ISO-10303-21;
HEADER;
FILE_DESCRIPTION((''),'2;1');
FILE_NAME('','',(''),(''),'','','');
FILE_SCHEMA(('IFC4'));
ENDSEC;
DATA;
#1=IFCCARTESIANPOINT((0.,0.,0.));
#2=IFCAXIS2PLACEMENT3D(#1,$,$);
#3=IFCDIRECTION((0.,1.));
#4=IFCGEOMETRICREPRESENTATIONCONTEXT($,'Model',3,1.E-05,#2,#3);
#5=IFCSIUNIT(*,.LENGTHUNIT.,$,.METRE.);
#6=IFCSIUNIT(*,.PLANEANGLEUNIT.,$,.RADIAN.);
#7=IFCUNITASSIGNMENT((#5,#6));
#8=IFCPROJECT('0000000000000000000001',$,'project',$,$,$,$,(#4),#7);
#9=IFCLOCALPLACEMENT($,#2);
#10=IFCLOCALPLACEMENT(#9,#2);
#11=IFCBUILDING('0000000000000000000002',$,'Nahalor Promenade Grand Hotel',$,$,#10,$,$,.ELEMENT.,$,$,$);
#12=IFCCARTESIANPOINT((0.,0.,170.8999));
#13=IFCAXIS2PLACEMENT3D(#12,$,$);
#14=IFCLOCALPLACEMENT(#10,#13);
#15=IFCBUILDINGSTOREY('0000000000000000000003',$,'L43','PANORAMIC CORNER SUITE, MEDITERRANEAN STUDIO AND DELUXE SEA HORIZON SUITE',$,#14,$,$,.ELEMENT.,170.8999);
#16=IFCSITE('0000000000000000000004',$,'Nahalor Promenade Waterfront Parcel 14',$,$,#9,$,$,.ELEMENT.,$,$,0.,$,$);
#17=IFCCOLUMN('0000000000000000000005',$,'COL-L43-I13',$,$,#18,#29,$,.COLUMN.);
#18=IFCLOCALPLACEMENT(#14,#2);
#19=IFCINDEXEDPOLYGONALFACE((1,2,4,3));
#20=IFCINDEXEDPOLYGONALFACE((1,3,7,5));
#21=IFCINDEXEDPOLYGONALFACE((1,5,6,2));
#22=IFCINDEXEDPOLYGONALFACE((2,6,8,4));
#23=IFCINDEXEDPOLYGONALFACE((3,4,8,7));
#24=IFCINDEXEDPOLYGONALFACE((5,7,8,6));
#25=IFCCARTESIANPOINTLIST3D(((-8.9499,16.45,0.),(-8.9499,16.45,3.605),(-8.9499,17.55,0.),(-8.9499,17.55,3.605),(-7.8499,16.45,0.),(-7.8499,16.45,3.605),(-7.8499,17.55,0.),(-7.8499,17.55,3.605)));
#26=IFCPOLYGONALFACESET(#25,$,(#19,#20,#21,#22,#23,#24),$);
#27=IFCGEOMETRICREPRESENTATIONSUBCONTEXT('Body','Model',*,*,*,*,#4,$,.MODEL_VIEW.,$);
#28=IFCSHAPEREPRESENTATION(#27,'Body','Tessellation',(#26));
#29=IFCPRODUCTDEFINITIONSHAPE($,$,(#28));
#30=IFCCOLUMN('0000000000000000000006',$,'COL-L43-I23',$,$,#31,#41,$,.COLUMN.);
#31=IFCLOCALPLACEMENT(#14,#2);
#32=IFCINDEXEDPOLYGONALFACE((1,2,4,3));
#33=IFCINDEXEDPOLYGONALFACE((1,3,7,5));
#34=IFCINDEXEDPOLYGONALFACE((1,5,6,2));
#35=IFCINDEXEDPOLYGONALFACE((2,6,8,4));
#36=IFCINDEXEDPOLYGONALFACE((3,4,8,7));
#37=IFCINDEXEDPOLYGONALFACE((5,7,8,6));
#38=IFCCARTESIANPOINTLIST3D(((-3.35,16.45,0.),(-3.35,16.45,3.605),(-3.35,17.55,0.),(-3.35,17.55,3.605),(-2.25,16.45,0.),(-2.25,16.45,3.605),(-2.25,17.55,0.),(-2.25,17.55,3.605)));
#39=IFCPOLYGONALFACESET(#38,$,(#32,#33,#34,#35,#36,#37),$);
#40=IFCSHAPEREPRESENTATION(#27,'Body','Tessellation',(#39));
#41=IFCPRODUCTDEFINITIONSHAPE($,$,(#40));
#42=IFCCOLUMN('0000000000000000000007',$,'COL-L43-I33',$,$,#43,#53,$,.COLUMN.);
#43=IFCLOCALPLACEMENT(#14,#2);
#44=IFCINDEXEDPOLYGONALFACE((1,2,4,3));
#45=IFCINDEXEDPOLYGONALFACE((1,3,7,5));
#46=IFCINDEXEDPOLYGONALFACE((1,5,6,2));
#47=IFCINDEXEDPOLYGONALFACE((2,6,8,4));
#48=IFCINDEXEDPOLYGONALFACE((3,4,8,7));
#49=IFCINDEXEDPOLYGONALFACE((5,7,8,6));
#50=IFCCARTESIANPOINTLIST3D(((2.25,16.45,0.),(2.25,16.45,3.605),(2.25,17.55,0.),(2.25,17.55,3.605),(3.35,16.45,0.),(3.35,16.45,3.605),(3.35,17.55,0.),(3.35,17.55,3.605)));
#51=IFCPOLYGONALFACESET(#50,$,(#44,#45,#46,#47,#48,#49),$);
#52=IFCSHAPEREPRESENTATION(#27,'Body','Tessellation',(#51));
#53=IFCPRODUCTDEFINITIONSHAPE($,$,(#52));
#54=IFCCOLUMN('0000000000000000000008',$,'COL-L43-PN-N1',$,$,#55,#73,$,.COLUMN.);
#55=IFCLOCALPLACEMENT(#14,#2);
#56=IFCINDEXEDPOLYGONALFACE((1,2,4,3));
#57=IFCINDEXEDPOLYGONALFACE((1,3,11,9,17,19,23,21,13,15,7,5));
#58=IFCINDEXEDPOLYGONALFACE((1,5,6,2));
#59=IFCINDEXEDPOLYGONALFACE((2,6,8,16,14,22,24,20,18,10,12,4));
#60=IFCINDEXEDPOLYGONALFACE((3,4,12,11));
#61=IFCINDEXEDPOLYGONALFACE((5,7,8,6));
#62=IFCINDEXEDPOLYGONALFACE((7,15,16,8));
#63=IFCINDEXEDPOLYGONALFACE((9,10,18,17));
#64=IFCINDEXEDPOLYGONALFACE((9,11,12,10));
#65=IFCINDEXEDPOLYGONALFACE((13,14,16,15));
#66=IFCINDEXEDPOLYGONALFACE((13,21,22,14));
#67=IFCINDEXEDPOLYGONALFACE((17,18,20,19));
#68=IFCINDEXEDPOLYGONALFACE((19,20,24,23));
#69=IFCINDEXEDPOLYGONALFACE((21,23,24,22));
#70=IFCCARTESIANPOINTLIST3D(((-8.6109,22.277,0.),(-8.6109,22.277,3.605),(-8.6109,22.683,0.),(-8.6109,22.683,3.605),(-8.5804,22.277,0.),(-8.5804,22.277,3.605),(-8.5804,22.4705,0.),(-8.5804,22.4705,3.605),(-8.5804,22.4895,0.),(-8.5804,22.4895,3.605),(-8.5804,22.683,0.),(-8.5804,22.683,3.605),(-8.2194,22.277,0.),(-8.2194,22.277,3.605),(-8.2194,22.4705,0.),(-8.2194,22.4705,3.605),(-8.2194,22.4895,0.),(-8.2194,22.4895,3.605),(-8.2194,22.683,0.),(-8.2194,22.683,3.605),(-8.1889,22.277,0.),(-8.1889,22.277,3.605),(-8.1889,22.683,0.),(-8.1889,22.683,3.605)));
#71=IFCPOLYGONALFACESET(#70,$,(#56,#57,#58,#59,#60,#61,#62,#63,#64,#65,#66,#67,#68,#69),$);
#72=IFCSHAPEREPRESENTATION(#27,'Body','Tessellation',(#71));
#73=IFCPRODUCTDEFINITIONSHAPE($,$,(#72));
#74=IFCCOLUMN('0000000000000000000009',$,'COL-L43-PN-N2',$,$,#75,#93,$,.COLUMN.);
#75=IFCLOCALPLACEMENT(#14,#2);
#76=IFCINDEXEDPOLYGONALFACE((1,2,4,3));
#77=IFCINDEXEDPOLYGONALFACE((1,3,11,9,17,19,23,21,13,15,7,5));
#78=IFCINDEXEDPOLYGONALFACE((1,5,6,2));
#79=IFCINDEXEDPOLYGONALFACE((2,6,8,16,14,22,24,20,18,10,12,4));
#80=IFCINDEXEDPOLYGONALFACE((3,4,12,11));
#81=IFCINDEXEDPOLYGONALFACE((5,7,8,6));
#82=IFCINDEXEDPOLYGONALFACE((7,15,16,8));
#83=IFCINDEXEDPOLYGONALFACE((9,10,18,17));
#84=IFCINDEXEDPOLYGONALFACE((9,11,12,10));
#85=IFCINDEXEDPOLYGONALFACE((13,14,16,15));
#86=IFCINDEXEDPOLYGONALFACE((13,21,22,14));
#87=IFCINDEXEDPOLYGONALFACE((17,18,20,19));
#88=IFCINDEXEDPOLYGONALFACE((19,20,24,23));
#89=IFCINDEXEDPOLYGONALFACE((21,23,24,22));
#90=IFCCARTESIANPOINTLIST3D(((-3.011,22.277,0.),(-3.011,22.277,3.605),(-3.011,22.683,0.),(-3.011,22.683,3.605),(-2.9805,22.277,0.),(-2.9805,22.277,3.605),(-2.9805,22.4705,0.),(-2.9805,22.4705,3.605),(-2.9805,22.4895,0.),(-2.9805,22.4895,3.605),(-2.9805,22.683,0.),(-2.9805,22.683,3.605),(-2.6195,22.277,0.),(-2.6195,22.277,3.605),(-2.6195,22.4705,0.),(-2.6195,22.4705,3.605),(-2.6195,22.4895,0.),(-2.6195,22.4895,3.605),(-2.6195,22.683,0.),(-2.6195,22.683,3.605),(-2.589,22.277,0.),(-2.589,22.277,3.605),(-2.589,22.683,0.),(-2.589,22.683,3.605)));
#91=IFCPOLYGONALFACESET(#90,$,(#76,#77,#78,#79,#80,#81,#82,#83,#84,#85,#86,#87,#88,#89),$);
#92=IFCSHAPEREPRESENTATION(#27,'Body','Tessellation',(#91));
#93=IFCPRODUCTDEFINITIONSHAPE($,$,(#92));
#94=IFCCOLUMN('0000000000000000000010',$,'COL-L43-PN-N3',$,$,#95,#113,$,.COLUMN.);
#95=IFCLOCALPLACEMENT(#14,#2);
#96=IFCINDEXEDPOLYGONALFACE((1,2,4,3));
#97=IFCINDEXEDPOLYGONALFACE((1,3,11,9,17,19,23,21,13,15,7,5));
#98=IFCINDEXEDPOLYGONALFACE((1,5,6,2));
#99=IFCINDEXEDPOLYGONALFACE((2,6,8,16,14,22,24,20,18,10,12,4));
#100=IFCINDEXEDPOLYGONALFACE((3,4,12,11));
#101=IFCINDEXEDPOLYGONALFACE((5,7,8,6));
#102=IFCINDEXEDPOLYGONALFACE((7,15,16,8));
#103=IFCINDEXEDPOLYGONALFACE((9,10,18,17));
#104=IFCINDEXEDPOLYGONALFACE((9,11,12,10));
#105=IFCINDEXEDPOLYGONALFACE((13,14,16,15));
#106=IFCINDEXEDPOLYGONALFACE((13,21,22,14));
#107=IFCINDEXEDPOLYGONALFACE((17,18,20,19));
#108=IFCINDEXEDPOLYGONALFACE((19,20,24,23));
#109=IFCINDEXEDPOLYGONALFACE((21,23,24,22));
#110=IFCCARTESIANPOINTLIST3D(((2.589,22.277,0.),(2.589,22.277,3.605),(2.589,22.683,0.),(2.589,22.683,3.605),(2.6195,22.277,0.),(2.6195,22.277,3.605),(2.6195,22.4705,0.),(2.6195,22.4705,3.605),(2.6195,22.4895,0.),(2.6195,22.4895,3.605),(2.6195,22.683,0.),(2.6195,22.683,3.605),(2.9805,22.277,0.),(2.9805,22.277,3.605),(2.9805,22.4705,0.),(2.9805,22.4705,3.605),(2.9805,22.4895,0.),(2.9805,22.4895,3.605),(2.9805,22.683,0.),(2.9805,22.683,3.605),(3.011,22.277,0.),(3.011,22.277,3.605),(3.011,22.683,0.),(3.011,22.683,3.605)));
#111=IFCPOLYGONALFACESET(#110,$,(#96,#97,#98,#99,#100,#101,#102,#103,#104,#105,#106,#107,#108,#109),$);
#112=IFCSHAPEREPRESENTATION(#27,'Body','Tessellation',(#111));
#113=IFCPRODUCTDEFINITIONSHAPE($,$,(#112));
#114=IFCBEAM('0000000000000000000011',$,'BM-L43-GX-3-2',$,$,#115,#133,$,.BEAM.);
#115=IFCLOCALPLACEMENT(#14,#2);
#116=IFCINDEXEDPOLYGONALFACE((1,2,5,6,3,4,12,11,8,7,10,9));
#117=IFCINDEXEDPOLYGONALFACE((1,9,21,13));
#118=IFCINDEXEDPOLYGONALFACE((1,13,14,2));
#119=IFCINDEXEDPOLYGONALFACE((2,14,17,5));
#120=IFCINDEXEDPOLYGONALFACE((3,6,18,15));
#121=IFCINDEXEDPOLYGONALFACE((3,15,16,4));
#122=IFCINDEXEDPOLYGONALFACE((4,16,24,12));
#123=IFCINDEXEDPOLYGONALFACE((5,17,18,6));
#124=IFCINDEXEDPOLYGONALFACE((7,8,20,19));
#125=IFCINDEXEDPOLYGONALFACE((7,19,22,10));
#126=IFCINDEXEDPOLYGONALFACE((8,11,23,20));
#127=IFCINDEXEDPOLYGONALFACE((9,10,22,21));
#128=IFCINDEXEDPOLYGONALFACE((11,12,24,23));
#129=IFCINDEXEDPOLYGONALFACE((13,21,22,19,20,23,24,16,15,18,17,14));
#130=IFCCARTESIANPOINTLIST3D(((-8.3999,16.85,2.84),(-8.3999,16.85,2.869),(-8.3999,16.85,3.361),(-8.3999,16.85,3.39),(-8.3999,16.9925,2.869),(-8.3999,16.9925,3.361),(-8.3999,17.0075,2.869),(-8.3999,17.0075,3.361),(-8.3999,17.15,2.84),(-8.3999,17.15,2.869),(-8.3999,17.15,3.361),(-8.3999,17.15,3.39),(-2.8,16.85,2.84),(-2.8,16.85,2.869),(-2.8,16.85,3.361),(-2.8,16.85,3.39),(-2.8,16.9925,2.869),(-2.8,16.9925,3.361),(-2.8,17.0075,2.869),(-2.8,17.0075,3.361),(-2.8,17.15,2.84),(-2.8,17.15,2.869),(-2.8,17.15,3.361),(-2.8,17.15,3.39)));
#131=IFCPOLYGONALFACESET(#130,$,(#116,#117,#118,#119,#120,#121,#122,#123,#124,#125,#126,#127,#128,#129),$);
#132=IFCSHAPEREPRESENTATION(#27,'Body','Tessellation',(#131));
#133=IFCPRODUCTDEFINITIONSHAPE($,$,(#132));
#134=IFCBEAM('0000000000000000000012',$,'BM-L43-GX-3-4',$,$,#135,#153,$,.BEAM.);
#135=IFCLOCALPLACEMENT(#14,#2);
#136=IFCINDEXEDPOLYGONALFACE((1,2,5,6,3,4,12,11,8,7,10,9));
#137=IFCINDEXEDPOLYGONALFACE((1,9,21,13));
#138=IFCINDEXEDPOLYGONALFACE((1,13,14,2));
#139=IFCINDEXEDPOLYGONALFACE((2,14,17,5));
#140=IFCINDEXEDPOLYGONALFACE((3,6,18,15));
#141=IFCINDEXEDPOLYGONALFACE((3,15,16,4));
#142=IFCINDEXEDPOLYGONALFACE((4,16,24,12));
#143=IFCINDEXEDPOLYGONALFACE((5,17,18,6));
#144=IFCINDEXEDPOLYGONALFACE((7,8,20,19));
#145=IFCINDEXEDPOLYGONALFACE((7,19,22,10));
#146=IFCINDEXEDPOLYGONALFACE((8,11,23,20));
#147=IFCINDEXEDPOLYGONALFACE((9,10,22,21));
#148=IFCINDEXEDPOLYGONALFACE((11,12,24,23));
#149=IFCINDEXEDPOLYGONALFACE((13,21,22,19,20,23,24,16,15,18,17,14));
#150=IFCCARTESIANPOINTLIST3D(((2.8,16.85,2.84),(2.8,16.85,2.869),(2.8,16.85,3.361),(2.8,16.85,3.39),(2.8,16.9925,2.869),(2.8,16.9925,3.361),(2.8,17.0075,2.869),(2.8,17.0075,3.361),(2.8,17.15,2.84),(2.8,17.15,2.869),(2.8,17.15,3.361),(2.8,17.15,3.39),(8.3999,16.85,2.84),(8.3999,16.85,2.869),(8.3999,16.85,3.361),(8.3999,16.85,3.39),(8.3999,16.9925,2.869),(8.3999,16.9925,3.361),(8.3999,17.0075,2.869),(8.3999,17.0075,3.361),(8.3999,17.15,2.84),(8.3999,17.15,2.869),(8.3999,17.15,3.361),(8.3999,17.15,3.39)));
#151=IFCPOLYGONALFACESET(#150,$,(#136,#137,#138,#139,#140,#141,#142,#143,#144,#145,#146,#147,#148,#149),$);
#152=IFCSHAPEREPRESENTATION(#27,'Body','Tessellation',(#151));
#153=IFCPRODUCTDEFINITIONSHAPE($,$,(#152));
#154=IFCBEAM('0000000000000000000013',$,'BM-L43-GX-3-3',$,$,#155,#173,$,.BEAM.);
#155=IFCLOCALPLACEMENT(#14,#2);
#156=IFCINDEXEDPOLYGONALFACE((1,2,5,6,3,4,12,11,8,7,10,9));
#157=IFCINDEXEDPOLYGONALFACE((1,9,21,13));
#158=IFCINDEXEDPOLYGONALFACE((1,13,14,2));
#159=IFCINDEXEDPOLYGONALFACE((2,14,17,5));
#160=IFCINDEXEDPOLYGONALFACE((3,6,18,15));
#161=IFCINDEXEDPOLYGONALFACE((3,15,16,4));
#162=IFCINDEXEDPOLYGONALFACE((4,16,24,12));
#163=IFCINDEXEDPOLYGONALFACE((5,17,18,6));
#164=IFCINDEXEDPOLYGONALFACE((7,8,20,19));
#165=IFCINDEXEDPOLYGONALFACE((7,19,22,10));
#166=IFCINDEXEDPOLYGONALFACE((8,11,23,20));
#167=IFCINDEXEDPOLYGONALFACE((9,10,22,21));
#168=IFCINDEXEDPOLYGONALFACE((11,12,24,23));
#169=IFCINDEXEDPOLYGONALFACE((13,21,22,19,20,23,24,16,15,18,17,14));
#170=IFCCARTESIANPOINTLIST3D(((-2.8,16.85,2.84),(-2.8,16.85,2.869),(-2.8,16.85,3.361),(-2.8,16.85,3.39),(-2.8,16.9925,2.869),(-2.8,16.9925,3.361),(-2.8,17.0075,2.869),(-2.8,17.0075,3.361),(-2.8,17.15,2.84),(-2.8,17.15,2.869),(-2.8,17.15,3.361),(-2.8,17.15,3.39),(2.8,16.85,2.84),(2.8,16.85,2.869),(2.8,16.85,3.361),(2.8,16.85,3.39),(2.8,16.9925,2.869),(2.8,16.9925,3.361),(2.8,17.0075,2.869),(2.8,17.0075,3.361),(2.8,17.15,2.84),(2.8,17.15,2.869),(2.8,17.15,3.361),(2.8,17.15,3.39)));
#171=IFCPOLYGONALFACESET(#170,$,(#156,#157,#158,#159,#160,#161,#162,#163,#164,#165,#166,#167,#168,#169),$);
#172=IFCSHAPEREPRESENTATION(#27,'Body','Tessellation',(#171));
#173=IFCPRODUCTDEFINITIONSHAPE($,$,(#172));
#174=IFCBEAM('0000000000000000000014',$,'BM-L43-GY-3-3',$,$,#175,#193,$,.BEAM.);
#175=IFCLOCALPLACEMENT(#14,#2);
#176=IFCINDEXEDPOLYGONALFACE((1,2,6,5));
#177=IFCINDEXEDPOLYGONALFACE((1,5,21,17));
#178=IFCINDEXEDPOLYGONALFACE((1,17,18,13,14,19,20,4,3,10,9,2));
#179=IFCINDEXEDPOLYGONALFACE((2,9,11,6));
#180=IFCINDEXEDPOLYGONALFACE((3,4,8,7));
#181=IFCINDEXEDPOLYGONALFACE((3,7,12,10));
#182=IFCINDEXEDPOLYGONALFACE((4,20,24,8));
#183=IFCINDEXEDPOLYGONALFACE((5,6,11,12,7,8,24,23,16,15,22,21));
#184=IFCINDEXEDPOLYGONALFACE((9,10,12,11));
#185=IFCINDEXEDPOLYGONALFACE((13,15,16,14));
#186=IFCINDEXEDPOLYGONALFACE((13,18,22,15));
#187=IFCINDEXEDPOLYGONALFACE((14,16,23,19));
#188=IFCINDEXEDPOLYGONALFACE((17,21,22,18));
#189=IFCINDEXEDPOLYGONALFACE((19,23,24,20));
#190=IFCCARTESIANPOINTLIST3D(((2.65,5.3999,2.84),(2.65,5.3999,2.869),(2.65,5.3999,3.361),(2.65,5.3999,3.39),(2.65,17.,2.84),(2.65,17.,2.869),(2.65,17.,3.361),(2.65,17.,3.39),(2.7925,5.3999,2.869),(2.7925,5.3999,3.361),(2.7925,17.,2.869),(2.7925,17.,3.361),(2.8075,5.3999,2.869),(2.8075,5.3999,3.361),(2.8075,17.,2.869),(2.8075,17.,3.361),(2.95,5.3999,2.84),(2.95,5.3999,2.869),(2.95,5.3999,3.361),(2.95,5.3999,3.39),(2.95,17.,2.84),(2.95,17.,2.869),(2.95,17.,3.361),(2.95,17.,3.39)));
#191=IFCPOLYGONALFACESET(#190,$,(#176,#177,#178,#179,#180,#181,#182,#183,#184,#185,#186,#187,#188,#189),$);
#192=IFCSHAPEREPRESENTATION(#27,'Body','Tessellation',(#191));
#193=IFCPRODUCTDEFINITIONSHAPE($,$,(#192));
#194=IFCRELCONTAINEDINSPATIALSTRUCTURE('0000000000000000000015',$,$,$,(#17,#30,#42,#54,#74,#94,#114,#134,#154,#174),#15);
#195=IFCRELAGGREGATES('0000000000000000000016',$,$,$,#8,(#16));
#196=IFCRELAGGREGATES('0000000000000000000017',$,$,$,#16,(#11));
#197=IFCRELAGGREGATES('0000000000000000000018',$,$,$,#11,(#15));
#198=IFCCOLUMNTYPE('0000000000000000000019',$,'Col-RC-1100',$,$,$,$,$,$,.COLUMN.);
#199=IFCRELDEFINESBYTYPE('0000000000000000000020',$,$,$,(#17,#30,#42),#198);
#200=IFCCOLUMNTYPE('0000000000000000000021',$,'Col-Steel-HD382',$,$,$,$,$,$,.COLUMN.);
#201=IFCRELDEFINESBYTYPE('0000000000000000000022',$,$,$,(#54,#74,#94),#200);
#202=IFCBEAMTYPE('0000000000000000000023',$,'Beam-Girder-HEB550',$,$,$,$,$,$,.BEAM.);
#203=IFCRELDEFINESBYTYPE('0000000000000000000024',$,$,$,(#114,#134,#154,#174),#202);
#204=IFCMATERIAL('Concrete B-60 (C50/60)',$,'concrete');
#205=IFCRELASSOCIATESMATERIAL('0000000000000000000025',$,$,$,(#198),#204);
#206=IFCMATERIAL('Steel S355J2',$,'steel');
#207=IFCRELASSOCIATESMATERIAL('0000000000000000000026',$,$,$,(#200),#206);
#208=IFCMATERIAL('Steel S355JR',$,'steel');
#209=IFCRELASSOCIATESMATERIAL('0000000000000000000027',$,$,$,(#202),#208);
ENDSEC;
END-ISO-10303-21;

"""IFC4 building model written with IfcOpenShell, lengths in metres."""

from ifc_helpers import new_model, si_unit, direction, frame, origin, origin_2d, place, context, subcontext, project, spatial, rectangle, i_section, extrude, source, transform, mapped, material, material_profile, profile_set, type_object, element, save


model = new_model("IFC4")

# Units and contexts
model_context = context("Model", 3, precision=1e-05, world=origin(), true_north=direction((0.0, 1.0)))
body_context = subcontext(model_context, "Body", "Model", "MODEL_VIEW")
ifc_project = project(units=[si_unit("LENGTHUNIT", "METRE"), si_unit("PLANEANGLEUNIT", "RADIAN")], contexts=[model_context])

# Site, building, storey
site_placement = place(None, origin())
site = spatial("IfcSite", under=ifc_project, at=site_placement, Name="Nahalor Promenade Waterfront Parcel 14", CompositionType="ELEMENT", RefElevation=0.0)
building_placement = place(site_placement, origin())
building = spatial("IfcBuilding", under=site, at=building_placement, Name="Nahalor Promenade Grand Hotel", CompositionType="ELEMENT")
storey_placement = place(building_placement, frame((0.0, 0.0, 170.8999)))
storey = spatial("IfcBuildingStorey", under=building, at=storey_placement, Name="L43", Description="PANORAMIC CORNER SUITE, MEDITERRANEAN STUDIO AND DELUXE SEA HORIZON SUITE", CompositionType="ELEMENT", Elevation=170.8999)

# Columns
ifc_material_1 = material(Name="Concrete B-60 (C50/60)", Category="concrete")
ifc_material_profile_1 = material_profile(ifc_material_1, rectangle(XDim=1.1, YDim=1.1, at=origin_2d()), Name="RC 1100x1100")
ifc_profile_set_1 = profile_set([ifc_material_profile_1], Name="Concrete B-60 (C50/60)")
column_type_1 = type_object("IfcColumnType", Name="Col-RC-1100", PredefinedType="COLUMN", material=ifc_profile_set_1)
shared_shape_1 = source(origin(), body_context, "Body", "SweptSolid", [
    extrude(rectangle(XDim=1.1, YDim=1.1, at=origin_2d()), origin(), (0.0, 0.0, 1.0), 3.605),
])
for number, where, z_axis, x_axis, name in (
    (1, (-8.3999, 17.0, 0.0), (0.0, 0.0, 1.0), (1.0, 0.0, 0.0), "COL-L43-I13"),
    (2, (-2.8, 17.0, 0.0), (0.0, 0.0, 1.0), (1.0, 0.0, 0.0), "COL-L43-I23"),
    (3, (2.8, 17.0, 0.0), (0.0, 0.0, 1.0), (1.0, 0.0, 0.0), "COL-L43-I33"),
):
    element("IfcColumn", number, at=place(storey_placement, frame(where, z_axis=z_axis, x_axis=x_axis)), inside=storey, type_object=column_type_1, Name=name, PredefinedType="COLUMN", context=body_context, shape_type="MappedRepresentation", body=[
        mapped(shared_shape_1, transform((0.0, 0.0, 0.0), scale=1.0)),
    ])
ifc_material_2 = material(Name="Steel S355J2", Category="steel")
ifc_material_profile_2 = material_profile(ifc_material_2, i_section(OverallWidth=0.406, OverallDepth=0.422, WebThickness=0.019, FlangeThickness=0.0305, at=origin_2d()), Name="HD 400x382")
ifc_profile_set_2 = profile_set([ifc_material_profile_2], Name="Steel S355J2")
column_type_2 = type_object("IfcColumnType", Name="Col-Steel-HD382", PredefinedType="COLUMN", material=ifc_profile_set_2)
shared_shape_2 = source(origin(), body_context, "Body", "SweptSolid", [
    extrude(i_section(OverallWidth=0.406, OverallDepth=0.422, WebThickness=0.019, FlangeThickness=0.0305, at=origin_2d()), origin(), (0.0, 0.0, 1.0), 3.605),
])
for number, where, z_axis, x_axis, name in (
    (4, (-8.3999, 22.48, 0.0), (0.0, 0.0, 1.0), (0.0, 1.0, 0.0), "COL-L43-PN-N1"),
    (5, (-2.8, 22.48, 0.0), (0.0, 0.0, 1.0), (0.0, 1.0, 0.0), "COL-L43-PN-N2"),
    (6, (2.8, 22.48, 0.0), (0.0, 0.0, 1.0), (0.0, 1.0, 0.0), "COL-L43-PN-N3"),
):
    element("IfcColumn", number, at=place(storey_placement, frame(where, z_axis=z_axis, x_axis=x_axis)), inside=storey, type_object=column_type_2, Name=name, PredefinedType="COLUMN", context=body_context, shape_type="MappedRepresentation", body=[
        mapped(shared_shape_2, transform((0.0, 0.0, 0.0), scale=1.0)),
    ])

# Beams
ifc_material_3 = material(Name="Steel S355JR", Category="steel")
ifc_material_profile_3 = material_profile(ifc_material_3, i_section(OverallWidth=0.3, OverallDepth=0.55, WebThickness=0.015, FlangeThickness=0.029, at=origin_2d()), Name="HEB 550")
ifc_profile_set_3 = profile_set([ifc_material_profile_3], Name="Steel S355JR")
beam_type_1 = type_object("IfcBeamType", Name="Beam-Girder-HEB550", PredefinedType="BEAM", material=ifc_profile_set_3)
shared_shape_3 = source(origin(), body_context, "Body", "SweptSolid", [
    extrude(i_section(OverallWidth=0.3, OverallDepth=0.55, WebThickness=0.015, FlangeThickness=0.029, at=origin_2d()), origin(), (0.0, 0.0, 1.0), 5.5999),
])
for number, where, z_axis, x_axis, name in (
    (7, (-8.3999, 17.0, 3.115), (1.0, 0.0, 0.0), (0.0, 1.0, 0.0), "BM-L43-GX-3-2"),
    (8, (2.8, 17.0, 3.115), (1.0, 0.0, 0.0), (0.0, 1.0, 0.0), "BM-L43-GX-3-4"),
):
    element("IfcBeam", number, at=place(storey_placement, frame(where, z_axis=z_axis, x_axis=x_axis)), inside=storey, type_object=beam_type_1, Name=name, PredefinedType="BEAM", context=body_context, shape_type="MappedRepresentation", body=[
        mapped(shared_shape_3, transform((0.0, 0.0, 0.0), scale=1.0)),
    ])
shared_shape_4 = source(origin(), body_context, "Body", "SweptSolid", [
    extrude(i_section(OverallWidth=0.3, OverallDepth=0.55, WebThickness=0.015, FlangeThickness=0.029, at=origin_2d()), origin(), (0.0, 0.0, 1.0), 5.6001),
])
beam_1_placement = place(storey_placement, frame((-2.8, 17.0, 3.115), z_axis=(1.0, 0.0, 0.0), x_axis=(0.0, 1.0, 0.0)))
element("IfcBeam", 9, at=beam_1_placement, inside=storey, type_object=beam_type_1, Name="BM-L43-GX-3-3", PredefinedType="BEAM", context=body_context, shape_type="MappedRepresentation", body=[
    mapped(shared_shape_4, transform((0.0, 0.0, 0.0), scale=1.0)),
])
shared_shape_5 = source(origin(), body_context, "Body", "SweptSolid", [
    extrude(i_section(OverallWidth=0.3, OverallDepth=0.55, WebThickness=0.015, FlangeThickness=0.029, at=origin_2d()), origin(), (0.0, 0.0, 1.0), 11.6001),
])
beam_2_placement = place(storey_placement, frame((2.8, 5.3999, 3.115), z_axis=(0.0, 1.0, 0.0), x_axis=(-1.0, 0.0, 0.0)))
element("IfcBeam", 10, at=beam_2_placement, inside=storey, type_object=beam_type_1, Name="BM-L43-GY-3-3", PredefinedType="BEAM", context=body_context, shape_type="MappedRepresentation", body=[
    mapped(shared_shape_5, transform((0.0, 0.0, 0.0), scale=1.0)),
])

save(model, "model.ifc")
